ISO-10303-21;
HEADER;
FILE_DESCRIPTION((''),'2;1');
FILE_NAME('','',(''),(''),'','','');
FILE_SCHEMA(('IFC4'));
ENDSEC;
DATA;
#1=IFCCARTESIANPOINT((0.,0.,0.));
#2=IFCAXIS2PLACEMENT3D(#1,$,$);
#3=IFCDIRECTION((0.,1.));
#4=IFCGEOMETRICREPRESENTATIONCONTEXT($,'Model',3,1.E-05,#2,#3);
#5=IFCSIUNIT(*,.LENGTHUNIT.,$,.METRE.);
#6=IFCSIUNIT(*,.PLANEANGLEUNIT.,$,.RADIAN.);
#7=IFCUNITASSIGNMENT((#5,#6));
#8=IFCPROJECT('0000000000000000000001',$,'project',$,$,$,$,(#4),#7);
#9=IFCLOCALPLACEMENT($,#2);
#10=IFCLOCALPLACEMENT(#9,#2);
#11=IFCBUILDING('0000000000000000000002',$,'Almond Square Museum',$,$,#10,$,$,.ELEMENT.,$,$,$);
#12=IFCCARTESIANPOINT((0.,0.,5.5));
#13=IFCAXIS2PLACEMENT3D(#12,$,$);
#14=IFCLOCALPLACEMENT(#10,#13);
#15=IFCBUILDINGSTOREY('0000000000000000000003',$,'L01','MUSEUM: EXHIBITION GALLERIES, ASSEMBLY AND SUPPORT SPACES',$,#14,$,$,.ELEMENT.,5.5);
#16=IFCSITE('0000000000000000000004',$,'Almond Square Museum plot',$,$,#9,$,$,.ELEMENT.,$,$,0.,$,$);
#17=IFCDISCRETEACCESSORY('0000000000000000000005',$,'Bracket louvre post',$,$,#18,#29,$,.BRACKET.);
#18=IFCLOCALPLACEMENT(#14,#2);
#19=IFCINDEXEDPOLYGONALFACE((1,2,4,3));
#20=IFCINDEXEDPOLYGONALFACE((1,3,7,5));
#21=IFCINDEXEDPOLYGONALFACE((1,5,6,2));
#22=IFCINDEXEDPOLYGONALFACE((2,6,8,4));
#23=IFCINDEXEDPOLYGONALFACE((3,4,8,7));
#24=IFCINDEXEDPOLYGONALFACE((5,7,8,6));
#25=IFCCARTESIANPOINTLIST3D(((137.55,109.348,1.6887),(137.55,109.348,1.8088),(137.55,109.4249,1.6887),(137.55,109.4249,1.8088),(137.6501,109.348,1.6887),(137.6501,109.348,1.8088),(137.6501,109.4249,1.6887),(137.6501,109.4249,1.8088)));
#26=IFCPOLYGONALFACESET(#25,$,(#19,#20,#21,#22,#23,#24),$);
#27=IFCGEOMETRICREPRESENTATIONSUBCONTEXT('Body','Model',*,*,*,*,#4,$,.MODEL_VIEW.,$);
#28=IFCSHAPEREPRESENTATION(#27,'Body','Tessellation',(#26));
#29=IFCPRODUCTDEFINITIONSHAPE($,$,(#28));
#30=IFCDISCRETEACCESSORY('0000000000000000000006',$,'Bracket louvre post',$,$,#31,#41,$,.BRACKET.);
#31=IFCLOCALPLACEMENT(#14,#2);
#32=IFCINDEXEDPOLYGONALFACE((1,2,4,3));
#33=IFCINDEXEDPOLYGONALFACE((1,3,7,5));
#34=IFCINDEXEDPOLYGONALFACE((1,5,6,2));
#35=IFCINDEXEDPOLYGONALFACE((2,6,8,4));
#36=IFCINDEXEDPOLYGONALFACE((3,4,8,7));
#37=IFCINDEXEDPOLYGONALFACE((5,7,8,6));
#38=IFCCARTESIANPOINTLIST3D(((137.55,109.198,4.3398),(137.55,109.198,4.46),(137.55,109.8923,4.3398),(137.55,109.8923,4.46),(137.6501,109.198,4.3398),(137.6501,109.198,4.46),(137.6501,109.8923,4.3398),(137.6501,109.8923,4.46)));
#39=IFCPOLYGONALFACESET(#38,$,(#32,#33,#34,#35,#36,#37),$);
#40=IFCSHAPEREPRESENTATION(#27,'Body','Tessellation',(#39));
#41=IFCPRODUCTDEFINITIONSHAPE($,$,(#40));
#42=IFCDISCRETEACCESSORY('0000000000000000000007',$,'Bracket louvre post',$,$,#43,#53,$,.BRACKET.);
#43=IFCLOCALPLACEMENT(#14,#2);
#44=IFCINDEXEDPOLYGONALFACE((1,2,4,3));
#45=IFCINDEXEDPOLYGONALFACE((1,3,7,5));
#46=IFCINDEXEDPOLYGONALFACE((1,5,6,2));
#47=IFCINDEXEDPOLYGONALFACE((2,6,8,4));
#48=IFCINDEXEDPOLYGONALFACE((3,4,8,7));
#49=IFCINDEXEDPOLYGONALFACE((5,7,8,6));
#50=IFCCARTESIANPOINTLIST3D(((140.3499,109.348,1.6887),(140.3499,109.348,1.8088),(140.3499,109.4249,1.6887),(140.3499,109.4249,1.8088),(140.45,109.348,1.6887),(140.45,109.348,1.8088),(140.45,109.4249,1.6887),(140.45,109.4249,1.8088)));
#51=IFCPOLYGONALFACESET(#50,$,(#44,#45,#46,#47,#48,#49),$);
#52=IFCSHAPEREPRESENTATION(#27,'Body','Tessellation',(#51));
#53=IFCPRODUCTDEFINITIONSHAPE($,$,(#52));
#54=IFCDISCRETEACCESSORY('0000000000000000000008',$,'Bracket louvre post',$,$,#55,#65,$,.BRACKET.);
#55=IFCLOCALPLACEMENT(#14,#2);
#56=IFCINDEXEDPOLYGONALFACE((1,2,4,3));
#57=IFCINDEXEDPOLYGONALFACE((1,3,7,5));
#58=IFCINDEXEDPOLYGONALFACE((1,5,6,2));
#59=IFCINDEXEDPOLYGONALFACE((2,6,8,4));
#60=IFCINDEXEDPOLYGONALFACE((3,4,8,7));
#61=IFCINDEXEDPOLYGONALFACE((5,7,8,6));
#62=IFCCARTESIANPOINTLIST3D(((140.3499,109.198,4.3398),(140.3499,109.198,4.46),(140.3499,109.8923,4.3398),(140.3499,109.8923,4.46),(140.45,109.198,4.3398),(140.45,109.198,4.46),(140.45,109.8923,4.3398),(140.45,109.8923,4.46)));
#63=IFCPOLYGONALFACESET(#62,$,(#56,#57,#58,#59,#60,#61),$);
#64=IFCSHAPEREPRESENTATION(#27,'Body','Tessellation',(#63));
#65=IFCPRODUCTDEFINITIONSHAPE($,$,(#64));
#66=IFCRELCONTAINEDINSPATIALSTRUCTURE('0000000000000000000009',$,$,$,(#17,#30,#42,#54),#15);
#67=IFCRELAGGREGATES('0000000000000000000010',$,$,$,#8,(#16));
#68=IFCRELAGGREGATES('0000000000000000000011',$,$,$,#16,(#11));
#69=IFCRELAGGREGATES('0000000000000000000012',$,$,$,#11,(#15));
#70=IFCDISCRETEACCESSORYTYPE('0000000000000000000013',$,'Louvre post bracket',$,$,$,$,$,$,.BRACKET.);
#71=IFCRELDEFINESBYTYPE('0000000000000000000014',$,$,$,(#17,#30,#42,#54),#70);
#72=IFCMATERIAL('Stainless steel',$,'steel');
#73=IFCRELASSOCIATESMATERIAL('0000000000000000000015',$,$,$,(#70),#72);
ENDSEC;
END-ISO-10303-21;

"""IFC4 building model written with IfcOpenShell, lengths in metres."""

from ifc_helpers import new_model, si_unit, direction, frame, origin, origin_2d, place, context, subcontext, project, spatial, rectangle, extrude, material, type_object, element, save


model = new_model("IFC4")

# Units and contexts
model_context = context("Model", 3, precision=1e-05, world=origin(), true_north=direction((0.0, 1.0)))
body_context = subcontext(model_context, "Body", "Model", "MODEL_VIEW")
ifc_project = project(units=[si_unit("LENGTHUNIT", "METRE"), si_unit("PLANEANGLEUNIT", "RADIAN")], contexts=[model_context])

# Site, building, storey
site_placement = place(None, origin())
site = spatial("IfcSite", under=ifc_project, at=site_placement, Name="Almond Square Museum plot", CompositionType="ELEMENT", RefElevation=0.0)
building_placement = place(site_placement, origin())
building = spatial("IfcBuilding", under=site, at=building_placement, Name="Almond Square Museum", CompositionType="ELEMENT")
storey_placement = place(building_placement, frame((0.0, 0.0, 5.5)))
storey = spatial("IfcBuildingStorey", under=building, at=storey_placement, Name="L01", Description="MUSEUM: EXHIBITION GALLERIES, ASSEMBLY AND SUPPORT SPACES", CompositionType="ELEMENT", Elevation=5.5)

# Discrete accessories
ifc_material_1 = material(Name="Stainless steel", Category="steel")
discrete_accessory_type = type_object("IfcDiscreteAccessoryType", Name="Louvre post bracket", PredefinedType="BRACKET", material=ifc_material_1)
discrete_accessory_1_placement = place(storey_placement, frame((137.6001, 109.3865, 1.6887), z_axis=(0.0, 0.0, 1.0), x_axis=(1.0, 0.0, 0.0)))
element("IfcDiscreteAccessory", 1, at=discrete_accessory_1_placement, inside=storey, type_object=discrete_accessory_type, Name="Bracket louvre post", PredefinedType="BRACKET", context=body_context, shape_type="SweptSolid", body=[
    extrude(rectangle(XDim=0.1001, YDim=0.0769, at=origin_2d()), origin(), (0.0, 0.0, 1.0), 0.1201),
])
discrete_accessory_2_placement = place(storey_placement, frame((137.6001, 109.5452, 4.3398), z_axis=(0.0, 0.0, 1.0), x_axis=(1.0, 0.0, 0.0)))
element("IfcDiscreteAccessory", 2, at=discrete_accessory_2_placement, inside=storey, type_object=discrete_accessory_type, Name="Bracket louvre post", PredefinedType="BRACKET", context=body_context, shape_type="SweptSolid", body=[
    extrude(rectangle(XDim=0.1001, YDim=0.6943, at=origin_2d()), origin(), (0.0, 0.0, 1.0), 0.1201),
])
discrete_accessory_3_placement = place(storey_placement, frame((140.3999, 109.3865, 1.6887), z_axis=(0.0, 0.0, 1.0), x_axis=(1.0, 0.0, 0.0)))
element("IfcDiscreteAccessory", 3, at=discrete_accessory_3_placement, inside=storey, type_object=discrete_accessory_type, Name="Bracket louvre post", PredefinedType="BRACKET", context=body_context, shape_type="SweptSolid", body=[
    extrude(rectangle(XDim=0.1001, YDim=0.0769, at=origin_2d()), origin(), (0.0, 0.0, 1.0), 0.1201),
])
discrete_accessory_4_placement = place(storey_placement, frame((140.3999, 109.5452, 4.3398), z_axis=(0.0, 0.0, 1.0), x_axis=(1.0, 0.0, 0.0)))
element("IfcDiscreteAccessory", 4, at=discrete_accessory_4_placement, inside=storey, type_object=discrete_accessory_type, Name="Bracket louvre post", PredefinedType="BRACKET", context=body_context, shape_type="SweptSolid", body=[
    extrude(rectangle(XDim=0.1001, YDim=0.6943, at=origin_2d()), origin(), (0.0, 0.0, 1.0), 0.1201),
])

save(model, "model.ifc")
